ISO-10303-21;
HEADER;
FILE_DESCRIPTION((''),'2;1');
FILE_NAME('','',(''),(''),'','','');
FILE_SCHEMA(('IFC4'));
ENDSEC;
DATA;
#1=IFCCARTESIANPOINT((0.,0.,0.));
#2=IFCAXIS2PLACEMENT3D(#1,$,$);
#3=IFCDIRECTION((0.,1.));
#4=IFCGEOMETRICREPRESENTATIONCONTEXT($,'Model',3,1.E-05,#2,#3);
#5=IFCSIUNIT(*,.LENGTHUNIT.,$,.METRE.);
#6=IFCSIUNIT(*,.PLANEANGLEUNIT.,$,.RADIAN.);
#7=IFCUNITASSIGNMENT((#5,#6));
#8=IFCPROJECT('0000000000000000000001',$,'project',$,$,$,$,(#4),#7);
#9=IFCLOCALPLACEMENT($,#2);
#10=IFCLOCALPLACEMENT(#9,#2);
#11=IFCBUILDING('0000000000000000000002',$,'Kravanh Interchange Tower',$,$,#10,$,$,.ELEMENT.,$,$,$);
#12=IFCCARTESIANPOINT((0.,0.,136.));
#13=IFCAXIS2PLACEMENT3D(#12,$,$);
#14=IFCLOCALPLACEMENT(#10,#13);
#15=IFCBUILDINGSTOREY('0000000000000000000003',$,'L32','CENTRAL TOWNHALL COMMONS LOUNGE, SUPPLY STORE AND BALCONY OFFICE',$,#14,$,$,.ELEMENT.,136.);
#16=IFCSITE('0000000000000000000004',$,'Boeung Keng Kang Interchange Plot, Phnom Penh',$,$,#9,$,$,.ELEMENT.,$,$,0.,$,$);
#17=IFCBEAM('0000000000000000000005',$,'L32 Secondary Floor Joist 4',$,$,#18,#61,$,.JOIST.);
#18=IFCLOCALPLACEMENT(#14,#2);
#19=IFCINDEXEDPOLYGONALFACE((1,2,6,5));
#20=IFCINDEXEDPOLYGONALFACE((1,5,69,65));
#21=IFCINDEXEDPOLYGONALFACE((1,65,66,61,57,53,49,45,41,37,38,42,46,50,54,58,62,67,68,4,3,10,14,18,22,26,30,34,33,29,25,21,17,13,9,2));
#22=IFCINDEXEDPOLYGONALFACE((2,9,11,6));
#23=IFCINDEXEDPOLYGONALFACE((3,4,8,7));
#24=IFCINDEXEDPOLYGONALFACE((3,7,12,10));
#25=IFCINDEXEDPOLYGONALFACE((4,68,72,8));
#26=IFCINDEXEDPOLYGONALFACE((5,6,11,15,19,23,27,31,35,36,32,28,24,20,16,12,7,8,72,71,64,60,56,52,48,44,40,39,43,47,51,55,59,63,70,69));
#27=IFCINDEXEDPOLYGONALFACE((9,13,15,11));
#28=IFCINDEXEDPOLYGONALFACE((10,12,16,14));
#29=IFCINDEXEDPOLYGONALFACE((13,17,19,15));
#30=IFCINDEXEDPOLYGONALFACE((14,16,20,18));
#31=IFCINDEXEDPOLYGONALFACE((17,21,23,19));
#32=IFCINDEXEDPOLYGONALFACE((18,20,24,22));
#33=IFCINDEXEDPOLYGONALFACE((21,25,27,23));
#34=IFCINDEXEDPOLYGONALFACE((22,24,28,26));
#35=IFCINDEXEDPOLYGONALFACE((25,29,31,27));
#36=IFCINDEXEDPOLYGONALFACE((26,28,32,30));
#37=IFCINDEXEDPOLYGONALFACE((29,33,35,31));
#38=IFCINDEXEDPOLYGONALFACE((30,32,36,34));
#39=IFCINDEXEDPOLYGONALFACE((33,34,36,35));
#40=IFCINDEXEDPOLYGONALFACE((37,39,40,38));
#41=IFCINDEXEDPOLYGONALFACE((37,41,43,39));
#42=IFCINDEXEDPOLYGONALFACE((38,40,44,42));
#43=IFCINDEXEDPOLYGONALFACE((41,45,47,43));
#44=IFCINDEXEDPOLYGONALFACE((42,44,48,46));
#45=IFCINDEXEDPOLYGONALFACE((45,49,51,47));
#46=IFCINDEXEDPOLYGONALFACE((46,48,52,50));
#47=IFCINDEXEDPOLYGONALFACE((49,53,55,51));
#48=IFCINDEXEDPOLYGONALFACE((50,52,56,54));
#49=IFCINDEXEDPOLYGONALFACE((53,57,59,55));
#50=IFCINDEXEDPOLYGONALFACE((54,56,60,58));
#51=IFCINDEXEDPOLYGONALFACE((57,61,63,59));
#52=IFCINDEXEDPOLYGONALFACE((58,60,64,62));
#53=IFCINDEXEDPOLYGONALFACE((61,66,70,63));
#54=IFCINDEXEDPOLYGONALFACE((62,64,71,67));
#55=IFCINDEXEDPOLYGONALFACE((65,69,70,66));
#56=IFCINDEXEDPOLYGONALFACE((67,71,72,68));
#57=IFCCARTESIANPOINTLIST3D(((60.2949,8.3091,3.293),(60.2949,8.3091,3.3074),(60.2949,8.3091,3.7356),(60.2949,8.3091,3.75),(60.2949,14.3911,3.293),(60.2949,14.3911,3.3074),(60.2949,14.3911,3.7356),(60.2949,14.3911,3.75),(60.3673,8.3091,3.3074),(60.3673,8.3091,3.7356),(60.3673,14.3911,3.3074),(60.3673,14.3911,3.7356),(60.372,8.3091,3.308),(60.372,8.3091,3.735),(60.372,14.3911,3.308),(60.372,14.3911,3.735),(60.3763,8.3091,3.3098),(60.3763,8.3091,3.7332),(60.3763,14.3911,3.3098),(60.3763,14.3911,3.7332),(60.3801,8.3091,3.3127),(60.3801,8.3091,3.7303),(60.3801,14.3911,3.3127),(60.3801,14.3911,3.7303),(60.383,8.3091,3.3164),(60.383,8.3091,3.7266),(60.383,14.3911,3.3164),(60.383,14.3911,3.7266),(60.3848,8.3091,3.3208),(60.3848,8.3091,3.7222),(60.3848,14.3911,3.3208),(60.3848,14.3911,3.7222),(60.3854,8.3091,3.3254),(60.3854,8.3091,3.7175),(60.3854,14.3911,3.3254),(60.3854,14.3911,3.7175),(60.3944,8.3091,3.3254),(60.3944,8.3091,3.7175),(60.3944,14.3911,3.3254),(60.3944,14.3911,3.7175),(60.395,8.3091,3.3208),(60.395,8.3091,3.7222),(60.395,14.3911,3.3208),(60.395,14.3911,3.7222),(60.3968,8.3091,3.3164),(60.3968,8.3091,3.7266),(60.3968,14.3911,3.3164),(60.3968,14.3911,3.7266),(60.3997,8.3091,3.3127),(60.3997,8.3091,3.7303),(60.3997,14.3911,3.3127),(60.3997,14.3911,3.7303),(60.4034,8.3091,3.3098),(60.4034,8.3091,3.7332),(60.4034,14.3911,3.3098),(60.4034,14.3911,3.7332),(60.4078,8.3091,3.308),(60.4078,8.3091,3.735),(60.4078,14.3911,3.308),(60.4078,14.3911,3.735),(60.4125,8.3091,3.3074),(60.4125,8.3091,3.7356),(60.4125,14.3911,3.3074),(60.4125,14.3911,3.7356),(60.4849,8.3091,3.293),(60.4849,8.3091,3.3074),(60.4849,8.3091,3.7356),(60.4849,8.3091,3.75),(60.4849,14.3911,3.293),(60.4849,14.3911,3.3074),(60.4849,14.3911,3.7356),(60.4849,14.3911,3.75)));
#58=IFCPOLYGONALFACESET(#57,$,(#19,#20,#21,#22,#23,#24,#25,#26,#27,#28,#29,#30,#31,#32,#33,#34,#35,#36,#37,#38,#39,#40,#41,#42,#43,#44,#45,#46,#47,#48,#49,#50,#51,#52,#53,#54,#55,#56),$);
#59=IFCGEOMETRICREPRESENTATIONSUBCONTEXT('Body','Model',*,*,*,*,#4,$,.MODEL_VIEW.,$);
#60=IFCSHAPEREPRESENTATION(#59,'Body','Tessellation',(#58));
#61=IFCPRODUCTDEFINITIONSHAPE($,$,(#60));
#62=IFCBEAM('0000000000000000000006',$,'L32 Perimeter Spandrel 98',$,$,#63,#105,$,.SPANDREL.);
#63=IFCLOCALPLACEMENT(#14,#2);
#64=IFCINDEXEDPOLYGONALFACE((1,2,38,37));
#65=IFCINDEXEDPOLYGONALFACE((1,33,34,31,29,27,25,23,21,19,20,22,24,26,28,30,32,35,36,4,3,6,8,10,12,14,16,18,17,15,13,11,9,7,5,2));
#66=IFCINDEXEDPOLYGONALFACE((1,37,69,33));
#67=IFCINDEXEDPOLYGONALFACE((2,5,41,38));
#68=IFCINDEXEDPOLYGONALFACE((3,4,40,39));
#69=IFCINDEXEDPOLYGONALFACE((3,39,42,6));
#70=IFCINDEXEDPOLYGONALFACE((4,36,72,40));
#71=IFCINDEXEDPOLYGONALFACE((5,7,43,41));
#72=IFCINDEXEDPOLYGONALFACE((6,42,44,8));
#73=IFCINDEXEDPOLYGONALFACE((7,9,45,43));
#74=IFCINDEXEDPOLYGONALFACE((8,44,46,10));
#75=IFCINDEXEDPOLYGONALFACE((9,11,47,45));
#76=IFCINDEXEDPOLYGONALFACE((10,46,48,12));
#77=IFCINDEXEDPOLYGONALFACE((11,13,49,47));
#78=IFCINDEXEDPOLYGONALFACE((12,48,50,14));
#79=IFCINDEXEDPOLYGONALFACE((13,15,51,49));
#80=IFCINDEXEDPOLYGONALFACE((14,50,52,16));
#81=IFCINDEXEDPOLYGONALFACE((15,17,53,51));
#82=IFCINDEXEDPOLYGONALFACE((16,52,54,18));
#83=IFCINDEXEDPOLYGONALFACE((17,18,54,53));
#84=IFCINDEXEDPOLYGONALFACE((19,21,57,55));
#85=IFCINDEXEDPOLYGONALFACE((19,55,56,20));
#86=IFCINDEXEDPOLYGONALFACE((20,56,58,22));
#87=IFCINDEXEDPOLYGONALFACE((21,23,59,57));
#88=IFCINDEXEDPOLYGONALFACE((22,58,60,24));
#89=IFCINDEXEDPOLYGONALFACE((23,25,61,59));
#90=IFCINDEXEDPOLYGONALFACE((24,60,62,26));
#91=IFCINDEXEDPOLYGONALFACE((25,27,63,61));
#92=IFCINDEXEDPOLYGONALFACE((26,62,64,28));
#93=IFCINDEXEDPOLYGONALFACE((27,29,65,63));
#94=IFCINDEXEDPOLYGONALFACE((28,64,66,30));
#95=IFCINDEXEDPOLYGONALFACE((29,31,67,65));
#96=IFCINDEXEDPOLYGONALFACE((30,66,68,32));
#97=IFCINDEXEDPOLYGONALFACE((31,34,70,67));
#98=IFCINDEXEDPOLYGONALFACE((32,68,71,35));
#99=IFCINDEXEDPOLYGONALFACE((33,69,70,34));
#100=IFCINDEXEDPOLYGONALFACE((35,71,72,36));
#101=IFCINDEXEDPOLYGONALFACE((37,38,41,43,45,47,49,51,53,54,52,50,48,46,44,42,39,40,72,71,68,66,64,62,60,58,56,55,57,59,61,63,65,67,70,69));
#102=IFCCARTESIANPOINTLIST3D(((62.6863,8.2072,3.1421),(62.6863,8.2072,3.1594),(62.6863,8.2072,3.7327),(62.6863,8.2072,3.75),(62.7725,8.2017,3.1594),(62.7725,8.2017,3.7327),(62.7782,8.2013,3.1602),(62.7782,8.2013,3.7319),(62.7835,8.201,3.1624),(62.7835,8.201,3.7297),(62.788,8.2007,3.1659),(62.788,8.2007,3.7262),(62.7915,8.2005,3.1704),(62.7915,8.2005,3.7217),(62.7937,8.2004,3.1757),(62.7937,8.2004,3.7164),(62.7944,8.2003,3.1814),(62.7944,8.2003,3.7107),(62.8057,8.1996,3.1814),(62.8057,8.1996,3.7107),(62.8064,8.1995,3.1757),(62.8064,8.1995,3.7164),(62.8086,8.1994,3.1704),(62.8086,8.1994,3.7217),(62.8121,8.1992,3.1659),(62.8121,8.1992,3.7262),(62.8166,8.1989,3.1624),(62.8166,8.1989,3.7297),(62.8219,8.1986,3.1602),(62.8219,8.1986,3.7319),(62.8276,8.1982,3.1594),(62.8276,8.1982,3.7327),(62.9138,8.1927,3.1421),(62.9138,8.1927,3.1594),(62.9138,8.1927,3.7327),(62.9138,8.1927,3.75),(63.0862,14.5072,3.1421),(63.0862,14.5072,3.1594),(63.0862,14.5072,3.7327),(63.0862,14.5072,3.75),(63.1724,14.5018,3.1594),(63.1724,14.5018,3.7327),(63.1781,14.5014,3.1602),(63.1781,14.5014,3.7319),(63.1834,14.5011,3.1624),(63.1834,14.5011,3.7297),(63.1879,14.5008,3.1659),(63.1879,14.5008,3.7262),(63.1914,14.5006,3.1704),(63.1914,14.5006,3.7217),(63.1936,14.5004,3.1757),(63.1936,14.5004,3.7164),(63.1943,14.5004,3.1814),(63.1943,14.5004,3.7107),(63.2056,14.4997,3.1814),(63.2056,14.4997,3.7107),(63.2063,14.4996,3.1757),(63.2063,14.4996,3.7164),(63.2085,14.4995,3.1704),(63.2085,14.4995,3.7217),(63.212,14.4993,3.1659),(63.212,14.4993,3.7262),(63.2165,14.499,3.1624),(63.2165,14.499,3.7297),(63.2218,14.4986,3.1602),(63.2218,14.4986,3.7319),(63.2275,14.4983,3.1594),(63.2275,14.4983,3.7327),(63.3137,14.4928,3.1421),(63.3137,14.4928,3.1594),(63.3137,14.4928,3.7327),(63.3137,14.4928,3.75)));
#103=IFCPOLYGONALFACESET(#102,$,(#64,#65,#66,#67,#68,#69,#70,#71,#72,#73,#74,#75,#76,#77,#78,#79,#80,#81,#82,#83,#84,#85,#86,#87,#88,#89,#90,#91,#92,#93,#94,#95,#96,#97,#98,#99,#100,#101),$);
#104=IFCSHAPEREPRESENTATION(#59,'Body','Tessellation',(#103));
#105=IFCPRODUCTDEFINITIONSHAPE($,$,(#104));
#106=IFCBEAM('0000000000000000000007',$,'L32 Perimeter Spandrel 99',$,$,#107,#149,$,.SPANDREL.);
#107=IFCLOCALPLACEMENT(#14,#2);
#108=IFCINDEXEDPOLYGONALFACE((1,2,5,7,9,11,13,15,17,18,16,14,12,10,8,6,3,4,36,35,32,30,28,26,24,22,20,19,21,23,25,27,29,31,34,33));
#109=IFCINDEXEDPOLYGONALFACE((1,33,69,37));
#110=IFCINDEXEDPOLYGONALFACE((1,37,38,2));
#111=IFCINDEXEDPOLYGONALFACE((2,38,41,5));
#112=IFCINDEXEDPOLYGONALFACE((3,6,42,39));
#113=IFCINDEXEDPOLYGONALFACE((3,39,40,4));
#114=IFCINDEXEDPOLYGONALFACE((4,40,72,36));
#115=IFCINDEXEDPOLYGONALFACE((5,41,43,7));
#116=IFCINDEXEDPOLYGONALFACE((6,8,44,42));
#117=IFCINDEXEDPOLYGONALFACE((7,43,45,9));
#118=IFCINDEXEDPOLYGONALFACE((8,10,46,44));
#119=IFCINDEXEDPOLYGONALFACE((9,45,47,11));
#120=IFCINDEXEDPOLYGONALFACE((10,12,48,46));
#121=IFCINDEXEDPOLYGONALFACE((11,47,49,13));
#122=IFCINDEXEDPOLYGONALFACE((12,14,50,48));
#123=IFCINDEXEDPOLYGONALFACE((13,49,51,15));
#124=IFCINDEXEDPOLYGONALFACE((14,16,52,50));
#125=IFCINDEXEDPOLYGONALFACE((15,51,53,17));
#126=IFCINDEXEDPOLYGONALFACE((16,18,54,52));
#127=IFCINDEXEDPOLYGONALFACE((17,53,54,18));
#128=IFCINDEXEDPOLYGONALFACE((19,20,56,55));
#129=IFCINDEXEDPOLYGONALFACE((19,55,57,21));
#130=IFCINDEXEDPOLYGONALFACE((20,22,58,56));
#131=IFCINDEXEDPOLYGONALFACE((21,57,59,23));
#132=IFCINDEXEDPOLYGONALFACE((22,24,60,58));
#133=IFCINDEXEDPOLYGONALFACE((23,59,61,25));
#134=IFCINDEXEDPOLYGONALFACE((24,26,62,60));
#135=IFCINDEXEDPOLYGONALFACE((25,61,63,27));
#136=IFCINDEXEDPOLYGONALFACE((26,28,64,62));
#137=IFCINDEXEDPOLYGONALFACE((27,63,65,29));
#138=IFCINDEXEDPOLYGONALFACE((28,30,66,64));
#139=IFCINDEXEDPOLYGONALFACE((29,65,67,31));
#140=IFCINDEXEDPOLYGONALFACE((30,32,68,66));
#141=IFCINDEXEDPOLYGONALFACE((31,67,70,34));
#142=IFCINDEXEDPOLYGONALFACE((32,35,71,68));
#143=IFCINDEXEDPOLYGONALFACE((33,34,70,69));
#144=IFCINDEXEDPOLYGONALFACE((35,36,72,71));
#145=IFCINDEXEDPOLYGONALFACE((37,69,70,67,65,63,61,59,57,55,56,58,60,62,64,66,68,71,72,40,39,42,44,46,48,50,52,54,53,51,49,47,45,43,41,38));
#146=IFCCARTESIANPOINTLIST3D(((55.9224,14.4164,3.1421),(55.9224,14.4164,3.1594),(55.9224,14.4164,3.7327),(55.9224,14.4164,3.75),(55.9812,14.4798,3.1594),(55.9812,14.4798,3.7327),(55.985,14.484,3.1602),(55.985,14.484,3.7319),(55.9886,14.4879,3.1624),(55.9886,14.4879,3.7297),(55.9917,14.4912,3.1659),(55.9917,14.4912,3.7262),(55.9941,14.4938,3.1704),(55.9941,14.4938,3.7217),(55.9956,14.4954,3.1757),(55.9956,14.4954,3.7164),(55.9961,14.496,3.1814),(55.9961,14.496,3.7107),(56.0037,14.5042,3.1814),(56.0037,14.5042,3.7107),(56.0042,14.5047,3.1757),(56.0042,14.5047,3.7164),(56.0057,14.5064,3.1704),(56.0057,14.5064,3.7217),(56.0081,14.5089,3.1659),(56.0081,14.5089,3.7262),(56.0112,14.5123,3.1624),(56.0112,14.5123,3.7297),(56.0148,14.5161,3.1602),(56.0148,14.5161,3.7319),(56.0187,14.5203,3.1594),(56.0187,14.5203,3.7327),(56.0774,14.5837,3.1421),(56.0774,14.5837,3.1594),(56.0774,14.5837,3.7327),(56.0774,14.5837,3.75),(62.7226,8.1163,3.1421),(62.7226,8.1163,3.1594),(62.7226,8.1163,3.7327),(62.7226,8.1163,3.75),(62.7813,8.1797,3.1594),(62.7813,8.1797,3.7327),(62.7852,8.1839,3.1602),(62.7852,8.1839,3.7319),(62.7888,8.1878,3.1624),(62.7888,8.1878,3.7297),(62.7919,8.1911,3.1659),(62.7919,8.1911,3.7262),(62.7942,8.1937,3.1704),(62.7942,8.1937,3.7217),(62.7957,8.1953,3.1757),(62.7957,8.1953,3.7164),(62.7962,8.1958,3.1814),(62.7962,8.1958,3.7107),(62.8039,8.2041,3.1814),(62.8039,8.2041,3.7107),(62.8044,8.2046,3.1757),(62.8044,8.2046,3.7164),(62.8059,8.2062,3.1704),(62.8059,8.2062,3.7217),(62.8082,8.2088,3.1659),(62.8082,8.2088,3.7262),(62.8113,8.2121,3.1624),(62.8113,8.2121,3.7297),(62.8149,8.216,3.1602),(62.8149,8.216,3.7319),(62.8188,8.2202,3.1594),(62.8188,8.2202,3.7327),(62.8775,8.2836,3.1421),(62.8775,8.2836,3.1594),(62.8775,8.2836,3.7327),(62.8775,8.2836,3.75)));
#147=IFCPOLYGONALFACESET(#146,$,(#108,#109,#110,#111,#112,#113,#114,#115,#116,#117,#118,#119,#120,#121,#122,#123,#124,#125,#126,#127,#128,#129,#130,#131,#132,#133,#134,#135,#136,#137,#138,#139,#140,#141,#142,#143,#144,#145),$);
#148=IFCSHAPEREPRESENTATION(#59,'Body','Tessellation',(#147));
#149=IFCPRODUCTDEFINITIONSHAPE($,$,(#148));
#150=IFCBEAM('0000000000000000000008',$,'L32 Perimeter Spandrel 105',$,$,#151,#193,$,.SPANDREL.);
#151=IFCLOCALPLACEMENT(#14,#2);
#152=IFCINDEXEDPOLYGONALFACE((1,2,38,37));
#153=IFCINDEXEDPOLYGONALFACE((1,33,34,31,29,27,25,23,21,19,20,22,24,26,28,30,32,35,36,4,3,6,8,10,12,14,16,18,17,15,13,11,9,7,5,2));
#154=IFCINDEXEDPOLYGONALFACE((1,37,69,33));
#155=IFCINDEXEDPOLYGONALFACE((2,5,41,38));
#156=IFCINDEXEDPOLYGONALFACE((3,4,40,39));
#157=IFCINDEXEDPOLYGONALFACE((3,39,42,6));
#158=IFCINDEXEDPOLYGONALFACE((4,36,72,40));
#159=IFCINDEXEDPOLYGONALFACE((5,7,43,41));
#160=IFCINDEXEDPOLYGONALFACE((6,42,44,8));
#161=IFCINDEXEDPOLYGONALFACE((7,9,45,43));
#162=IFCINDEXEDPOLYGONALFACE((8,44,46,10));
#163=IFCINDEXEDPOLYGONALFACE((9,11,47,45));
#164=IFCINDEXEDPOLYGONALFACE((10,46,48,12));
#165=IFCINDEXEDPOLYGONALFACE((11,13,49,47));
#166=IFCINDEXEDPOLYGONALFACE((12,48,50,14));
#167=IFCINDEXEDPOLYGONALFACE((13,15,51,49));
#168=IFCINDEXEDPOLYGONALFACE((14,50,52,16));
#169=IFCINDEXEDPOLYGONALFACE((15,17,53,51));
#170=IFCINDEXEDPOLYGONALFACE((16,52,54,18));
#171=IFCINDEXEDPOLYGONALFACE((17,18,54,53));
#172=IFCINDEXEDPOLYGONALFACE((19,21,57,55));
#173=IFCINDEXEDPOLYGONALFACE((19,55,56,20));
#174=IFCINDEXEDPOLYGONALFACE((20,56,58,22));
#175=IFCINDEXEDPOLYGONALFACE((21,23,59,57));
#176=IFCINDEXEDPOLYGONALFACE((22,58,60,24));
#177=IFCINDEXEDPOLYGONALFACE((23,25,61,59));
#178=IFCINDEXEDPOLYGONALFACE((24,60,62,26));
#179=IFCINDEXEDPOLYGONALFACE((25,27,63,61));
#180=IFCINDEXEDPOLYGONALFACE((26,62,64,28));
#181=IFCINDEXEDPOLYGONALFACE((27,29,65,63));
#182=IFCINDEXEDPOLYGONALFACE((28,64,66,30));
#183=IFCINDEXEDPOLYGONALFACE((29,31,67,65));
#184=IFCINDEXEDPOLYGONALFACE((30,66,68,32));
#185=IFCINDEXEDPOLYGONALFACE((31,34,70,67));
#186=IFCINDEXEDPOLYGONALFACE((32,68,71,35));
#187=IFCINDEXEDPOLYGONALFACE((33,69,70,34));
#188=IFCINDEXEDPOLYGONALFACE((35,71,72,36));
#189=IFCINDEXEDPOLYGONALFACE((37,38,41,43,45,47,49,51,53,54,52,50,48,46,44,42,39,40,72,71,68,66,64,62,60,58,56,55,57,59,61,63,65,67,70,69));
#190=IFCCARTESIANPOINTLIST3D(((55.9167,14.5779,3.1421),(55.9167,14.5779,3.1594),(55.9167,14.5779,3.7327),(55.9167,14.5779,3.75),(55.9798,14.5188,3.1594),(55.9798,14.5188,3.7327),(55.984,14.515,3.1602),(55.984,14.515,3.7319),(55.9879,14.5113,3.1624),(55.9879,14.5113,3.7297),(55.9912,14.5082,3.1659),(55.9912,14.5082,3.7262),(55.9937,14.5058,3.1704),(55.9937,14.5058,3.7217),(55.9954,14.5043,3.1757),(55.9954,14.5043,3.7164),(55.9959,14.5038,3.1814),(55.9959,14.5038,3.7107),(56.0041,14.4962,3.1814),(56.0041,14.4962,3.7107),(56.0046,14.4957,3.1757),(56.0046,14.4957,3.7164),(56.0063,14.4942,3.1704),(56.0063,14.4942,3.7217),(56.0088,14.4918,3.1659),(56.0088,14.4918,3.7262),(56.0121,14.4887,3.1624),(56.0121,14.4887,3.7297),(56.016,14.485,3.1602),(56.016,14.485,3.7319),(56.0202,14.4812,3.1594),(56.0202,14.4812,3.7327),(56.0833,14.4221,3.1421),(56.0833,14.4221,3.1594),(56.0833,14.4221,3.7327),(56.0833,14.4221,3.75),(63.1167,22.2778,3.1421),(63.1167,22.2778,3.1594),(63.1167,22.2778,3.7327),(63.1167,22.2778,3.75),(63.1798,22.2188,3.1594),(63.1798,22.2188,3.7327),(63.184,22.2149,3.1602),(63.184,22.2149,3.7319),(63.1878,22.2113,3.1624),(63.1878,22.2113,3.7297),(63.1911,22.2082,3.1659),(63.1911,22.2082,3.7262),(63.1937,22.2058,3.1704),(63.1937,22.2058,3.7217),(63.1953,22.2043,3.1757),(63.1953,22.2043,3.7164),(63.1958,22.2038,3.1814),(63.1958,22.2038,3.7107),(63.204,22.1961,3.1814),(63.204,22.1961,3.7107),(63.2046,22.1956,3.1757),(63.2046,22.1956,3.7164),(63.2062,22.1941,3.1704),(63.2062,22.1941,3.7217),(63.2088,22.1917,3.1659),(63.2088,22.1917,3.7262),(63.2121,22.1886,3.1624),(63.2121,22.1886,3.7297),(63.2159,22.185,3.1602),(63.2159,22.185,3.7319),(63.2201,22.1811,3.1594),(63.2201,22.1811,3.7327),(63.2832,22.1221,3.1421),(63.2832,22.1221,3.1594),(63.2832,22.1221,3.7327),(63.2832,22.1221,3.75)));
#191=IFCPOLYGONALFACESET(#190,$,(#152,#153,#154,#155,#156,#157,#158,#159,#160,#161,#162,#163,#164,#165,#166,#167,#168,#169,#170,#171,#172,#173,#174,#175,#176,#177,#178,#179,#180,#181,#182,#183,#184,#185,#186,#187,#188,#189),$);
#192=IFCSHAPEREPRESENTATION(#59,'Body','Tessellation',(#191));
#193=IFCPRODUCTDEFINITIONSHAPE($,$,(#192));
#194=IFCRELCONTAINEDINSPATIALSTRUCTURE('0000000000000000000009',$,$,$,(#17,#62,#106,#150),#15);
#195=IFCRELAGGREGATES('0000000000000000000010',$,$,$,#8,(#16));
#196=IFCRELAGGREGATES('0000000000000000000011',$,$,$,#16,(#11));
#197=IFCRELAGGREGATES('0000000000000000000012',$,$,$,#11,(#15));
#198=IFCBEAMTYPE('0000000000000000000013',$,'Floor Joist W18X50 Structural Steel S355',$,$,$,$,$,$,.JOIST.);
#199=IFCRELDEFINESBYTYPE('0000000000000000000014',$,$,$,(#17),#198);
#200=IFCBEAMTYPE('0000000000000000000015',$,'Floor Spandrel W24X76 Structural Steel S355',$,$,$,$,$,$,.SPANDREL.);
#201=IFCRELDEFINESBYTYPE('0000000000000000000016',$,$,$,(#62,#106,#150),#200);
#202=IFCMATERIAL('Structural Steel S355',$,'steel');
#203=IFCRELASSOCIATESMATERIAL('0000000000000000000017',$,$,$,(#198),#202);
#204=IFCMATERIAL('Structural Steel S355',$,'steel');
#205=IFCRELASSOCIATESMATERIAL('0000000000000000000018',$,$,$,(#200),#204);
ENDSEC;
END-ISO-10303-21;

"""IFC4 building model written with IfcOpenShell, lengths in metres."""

from ifc_helpers import new_model, si_unit, direction, frame, origin, origin_2d, place, context, subcontext, project, spatial, i_section, extrude, material, material_profile, profile_set, type_object, element, save


model = new_model("IFC4")

# Units and contexts
model_context = context("Model", 3, precision=1e-05, world=origin(), true_north=direction((0.0, 1.0)))
body_context = subcontext(model_context, "Body", "Model", "MODEL_VIEW")
ifc_project = project(units=[si_unit("LENGTHUNIT", "METRE"), si_unit("PLANEANGLEUNIT", "RADIAN")], contexts=[model_context])

# Site, building, storey
site_placement = place(None, origin())
site = spatial("IfcSite", under=ifc_project, at=site_placement, Name="Boeung Keng Kang Interchange Plot, Phnom Penh", CompositionType="ELEMENT", RefElevation=0.0)
building_placement = place(site_placement, origin())
building = spatial("IfcBuilding", under=site, at=building_placement, Name="Kravanh Interchange Tower", CompositionType="ELEMENT")
storey_placement = place(building_placement, frame((0.0, 0.0, 136.0)))
storey = spatial("IfcBuildingStorey", under=building, at=storey_placement, Name="L32", Description="CENTRAL TOWNHALL COMMONS LOUNGE, SUPPLY STORE AND BALCONY OFFICE", CompositionType="ELEMENT", Elevation=136.0)

# Beams
ifc_material_1 = material(Name="Structural Steel S355", Category="steel")
ifc_material_profile_1 = material_profile(ifc_material_1, i_section(OverallWidth=0.1899, OverallDepth=0.457, WebThickness=0.009, FlangeThickness=0.0144, FilletRadius=0.0181, at=origin_2d()), Name="W18X50")
ifc_profile_set_1 = profile_set([ifc_material_profile_1], Name="Structural Steel S355")
beam_type_1 = type_object("IfcBeamType", Name="Floor Joist W18X50 Structural Steel S355", PredefinedType="JOIST", material=ifc_profile_set_1)
for number, where, z_axis, x_axis, name in (
    (1, (60.3899, 8.3091, 3.5215), (0.0, 1.0, 0.0), (-1.0, 0.0, 0.0), "L32 Secondary Floor Joist 4"),
):
    element("IfcBeam", number, at=place(storey_placement, frame(where, z_axis=z_axis, x_axis=x_axis)), inside=storey, type_object=beam_type_1, Name=name, PredefinedType="JOIST", context=body_context, shape_type="SweptSolid", body=[
        extrude(i_section(OverallWidth=0.1899, OverallDepth=0.457, WebThickness=0.009, FlangeThickness=0.0144, FilletRadius=0.0181, at=origin_2d()), origin(), (0.0, 0.0, 1.0), 6.082),
    ])
ifc_material_2 = material(Name="Structural Steel S355", Category="steel")
ifc_material_profile_2 = material_profile(ifc_material_2, i_section(OverallWidth=0.228, OverallDepth=0.6079, WebThickness=0.0112, FlangeThickness=0.0173, FilletRadius=0.022, at=origin_2d()), Name="W24X76")
ifc_profile_set_2 = profile_set([ifc_material_profile_2], Name="Structural Steel S355")
beam_type_2 = type_object("IfcBeamType", Name="Floor Spandrel W24X76 Structural Steel S355", PredefinedType="SPANDREL", material=ifc_profile_set_2)
beam_1_placement = place(storey_placement, frame((62.8, 8.2, 3.446), z_axis=(0.063349, 0.997991, 0.0), x_axis=(-0.997991, 0.063349, 0.0)))
element("IfcBeam", 2, at=beam_1_placement, inside=storey, type_object=beam_type_2, Name="L32 Perimeter Spandrel 98", PredefinedType="SPANDREL", context=body_context, shape_type="SweptSolid", body=[
    extrude(i_section(OverallWidth=0.228, OverallDepth=0.6079, WebThickness=0.0112, FlangeThickness=0.0173, FilletRadius=0.022, at=origin_2d()), origin(), (0.0, 0.0, 1.0), 6.3127),
])
beam_2_placement = place(storey_placement, frame((62.8, 8.2, 3.446), z_axis=(-0.733561, 0.679623, 0.0), x_axis=(-0.679623, -0.733561, 0.0)))
element("IfcBeam", 3, at=beam_2_placement, inside=storey, type_object=beam_type_2, Name="L32 Perimeter Spandrel 99", PredefinedType="SPANDREL", context=body_context, shape_type="SweptSolid", body=[
    extrude(i_section(OverallWidth=0.228, OverallDepth=0.6079, WebThickness=0.0112, FlangeThickness=0.0173, FilletRadius=0.022, at=origin_2d()), origin(), (0.0, 0.0, 1.0), 9.27),
])
beam_3_placement = place(storey_placement, frame((56.0, 14.5, 3.446), z_axis=(0.682994, 0.730424, 0.0), x_axis=(-0.730424, 0.682994, 0.0)))
element("IfcBeam", 4, at=beam_3_placement, inside=storey, type_object=beam_type_2, Name="L32 Perimeter Spandrel 105", PredefinedType="SPANDREL", context=body_context, shape_type="SweptSolid", body=[
    extrude(i_section(OverallWidth=0.228, OverallDepth=0.6079, WebThickness=0.0112, FlangeThickness=0.0173, FilletRadius=0.022, at=origin_2d()), origin(), (0.0, 0.0, 1.0), 10.5417),
])

save(model, "model.ifc")
